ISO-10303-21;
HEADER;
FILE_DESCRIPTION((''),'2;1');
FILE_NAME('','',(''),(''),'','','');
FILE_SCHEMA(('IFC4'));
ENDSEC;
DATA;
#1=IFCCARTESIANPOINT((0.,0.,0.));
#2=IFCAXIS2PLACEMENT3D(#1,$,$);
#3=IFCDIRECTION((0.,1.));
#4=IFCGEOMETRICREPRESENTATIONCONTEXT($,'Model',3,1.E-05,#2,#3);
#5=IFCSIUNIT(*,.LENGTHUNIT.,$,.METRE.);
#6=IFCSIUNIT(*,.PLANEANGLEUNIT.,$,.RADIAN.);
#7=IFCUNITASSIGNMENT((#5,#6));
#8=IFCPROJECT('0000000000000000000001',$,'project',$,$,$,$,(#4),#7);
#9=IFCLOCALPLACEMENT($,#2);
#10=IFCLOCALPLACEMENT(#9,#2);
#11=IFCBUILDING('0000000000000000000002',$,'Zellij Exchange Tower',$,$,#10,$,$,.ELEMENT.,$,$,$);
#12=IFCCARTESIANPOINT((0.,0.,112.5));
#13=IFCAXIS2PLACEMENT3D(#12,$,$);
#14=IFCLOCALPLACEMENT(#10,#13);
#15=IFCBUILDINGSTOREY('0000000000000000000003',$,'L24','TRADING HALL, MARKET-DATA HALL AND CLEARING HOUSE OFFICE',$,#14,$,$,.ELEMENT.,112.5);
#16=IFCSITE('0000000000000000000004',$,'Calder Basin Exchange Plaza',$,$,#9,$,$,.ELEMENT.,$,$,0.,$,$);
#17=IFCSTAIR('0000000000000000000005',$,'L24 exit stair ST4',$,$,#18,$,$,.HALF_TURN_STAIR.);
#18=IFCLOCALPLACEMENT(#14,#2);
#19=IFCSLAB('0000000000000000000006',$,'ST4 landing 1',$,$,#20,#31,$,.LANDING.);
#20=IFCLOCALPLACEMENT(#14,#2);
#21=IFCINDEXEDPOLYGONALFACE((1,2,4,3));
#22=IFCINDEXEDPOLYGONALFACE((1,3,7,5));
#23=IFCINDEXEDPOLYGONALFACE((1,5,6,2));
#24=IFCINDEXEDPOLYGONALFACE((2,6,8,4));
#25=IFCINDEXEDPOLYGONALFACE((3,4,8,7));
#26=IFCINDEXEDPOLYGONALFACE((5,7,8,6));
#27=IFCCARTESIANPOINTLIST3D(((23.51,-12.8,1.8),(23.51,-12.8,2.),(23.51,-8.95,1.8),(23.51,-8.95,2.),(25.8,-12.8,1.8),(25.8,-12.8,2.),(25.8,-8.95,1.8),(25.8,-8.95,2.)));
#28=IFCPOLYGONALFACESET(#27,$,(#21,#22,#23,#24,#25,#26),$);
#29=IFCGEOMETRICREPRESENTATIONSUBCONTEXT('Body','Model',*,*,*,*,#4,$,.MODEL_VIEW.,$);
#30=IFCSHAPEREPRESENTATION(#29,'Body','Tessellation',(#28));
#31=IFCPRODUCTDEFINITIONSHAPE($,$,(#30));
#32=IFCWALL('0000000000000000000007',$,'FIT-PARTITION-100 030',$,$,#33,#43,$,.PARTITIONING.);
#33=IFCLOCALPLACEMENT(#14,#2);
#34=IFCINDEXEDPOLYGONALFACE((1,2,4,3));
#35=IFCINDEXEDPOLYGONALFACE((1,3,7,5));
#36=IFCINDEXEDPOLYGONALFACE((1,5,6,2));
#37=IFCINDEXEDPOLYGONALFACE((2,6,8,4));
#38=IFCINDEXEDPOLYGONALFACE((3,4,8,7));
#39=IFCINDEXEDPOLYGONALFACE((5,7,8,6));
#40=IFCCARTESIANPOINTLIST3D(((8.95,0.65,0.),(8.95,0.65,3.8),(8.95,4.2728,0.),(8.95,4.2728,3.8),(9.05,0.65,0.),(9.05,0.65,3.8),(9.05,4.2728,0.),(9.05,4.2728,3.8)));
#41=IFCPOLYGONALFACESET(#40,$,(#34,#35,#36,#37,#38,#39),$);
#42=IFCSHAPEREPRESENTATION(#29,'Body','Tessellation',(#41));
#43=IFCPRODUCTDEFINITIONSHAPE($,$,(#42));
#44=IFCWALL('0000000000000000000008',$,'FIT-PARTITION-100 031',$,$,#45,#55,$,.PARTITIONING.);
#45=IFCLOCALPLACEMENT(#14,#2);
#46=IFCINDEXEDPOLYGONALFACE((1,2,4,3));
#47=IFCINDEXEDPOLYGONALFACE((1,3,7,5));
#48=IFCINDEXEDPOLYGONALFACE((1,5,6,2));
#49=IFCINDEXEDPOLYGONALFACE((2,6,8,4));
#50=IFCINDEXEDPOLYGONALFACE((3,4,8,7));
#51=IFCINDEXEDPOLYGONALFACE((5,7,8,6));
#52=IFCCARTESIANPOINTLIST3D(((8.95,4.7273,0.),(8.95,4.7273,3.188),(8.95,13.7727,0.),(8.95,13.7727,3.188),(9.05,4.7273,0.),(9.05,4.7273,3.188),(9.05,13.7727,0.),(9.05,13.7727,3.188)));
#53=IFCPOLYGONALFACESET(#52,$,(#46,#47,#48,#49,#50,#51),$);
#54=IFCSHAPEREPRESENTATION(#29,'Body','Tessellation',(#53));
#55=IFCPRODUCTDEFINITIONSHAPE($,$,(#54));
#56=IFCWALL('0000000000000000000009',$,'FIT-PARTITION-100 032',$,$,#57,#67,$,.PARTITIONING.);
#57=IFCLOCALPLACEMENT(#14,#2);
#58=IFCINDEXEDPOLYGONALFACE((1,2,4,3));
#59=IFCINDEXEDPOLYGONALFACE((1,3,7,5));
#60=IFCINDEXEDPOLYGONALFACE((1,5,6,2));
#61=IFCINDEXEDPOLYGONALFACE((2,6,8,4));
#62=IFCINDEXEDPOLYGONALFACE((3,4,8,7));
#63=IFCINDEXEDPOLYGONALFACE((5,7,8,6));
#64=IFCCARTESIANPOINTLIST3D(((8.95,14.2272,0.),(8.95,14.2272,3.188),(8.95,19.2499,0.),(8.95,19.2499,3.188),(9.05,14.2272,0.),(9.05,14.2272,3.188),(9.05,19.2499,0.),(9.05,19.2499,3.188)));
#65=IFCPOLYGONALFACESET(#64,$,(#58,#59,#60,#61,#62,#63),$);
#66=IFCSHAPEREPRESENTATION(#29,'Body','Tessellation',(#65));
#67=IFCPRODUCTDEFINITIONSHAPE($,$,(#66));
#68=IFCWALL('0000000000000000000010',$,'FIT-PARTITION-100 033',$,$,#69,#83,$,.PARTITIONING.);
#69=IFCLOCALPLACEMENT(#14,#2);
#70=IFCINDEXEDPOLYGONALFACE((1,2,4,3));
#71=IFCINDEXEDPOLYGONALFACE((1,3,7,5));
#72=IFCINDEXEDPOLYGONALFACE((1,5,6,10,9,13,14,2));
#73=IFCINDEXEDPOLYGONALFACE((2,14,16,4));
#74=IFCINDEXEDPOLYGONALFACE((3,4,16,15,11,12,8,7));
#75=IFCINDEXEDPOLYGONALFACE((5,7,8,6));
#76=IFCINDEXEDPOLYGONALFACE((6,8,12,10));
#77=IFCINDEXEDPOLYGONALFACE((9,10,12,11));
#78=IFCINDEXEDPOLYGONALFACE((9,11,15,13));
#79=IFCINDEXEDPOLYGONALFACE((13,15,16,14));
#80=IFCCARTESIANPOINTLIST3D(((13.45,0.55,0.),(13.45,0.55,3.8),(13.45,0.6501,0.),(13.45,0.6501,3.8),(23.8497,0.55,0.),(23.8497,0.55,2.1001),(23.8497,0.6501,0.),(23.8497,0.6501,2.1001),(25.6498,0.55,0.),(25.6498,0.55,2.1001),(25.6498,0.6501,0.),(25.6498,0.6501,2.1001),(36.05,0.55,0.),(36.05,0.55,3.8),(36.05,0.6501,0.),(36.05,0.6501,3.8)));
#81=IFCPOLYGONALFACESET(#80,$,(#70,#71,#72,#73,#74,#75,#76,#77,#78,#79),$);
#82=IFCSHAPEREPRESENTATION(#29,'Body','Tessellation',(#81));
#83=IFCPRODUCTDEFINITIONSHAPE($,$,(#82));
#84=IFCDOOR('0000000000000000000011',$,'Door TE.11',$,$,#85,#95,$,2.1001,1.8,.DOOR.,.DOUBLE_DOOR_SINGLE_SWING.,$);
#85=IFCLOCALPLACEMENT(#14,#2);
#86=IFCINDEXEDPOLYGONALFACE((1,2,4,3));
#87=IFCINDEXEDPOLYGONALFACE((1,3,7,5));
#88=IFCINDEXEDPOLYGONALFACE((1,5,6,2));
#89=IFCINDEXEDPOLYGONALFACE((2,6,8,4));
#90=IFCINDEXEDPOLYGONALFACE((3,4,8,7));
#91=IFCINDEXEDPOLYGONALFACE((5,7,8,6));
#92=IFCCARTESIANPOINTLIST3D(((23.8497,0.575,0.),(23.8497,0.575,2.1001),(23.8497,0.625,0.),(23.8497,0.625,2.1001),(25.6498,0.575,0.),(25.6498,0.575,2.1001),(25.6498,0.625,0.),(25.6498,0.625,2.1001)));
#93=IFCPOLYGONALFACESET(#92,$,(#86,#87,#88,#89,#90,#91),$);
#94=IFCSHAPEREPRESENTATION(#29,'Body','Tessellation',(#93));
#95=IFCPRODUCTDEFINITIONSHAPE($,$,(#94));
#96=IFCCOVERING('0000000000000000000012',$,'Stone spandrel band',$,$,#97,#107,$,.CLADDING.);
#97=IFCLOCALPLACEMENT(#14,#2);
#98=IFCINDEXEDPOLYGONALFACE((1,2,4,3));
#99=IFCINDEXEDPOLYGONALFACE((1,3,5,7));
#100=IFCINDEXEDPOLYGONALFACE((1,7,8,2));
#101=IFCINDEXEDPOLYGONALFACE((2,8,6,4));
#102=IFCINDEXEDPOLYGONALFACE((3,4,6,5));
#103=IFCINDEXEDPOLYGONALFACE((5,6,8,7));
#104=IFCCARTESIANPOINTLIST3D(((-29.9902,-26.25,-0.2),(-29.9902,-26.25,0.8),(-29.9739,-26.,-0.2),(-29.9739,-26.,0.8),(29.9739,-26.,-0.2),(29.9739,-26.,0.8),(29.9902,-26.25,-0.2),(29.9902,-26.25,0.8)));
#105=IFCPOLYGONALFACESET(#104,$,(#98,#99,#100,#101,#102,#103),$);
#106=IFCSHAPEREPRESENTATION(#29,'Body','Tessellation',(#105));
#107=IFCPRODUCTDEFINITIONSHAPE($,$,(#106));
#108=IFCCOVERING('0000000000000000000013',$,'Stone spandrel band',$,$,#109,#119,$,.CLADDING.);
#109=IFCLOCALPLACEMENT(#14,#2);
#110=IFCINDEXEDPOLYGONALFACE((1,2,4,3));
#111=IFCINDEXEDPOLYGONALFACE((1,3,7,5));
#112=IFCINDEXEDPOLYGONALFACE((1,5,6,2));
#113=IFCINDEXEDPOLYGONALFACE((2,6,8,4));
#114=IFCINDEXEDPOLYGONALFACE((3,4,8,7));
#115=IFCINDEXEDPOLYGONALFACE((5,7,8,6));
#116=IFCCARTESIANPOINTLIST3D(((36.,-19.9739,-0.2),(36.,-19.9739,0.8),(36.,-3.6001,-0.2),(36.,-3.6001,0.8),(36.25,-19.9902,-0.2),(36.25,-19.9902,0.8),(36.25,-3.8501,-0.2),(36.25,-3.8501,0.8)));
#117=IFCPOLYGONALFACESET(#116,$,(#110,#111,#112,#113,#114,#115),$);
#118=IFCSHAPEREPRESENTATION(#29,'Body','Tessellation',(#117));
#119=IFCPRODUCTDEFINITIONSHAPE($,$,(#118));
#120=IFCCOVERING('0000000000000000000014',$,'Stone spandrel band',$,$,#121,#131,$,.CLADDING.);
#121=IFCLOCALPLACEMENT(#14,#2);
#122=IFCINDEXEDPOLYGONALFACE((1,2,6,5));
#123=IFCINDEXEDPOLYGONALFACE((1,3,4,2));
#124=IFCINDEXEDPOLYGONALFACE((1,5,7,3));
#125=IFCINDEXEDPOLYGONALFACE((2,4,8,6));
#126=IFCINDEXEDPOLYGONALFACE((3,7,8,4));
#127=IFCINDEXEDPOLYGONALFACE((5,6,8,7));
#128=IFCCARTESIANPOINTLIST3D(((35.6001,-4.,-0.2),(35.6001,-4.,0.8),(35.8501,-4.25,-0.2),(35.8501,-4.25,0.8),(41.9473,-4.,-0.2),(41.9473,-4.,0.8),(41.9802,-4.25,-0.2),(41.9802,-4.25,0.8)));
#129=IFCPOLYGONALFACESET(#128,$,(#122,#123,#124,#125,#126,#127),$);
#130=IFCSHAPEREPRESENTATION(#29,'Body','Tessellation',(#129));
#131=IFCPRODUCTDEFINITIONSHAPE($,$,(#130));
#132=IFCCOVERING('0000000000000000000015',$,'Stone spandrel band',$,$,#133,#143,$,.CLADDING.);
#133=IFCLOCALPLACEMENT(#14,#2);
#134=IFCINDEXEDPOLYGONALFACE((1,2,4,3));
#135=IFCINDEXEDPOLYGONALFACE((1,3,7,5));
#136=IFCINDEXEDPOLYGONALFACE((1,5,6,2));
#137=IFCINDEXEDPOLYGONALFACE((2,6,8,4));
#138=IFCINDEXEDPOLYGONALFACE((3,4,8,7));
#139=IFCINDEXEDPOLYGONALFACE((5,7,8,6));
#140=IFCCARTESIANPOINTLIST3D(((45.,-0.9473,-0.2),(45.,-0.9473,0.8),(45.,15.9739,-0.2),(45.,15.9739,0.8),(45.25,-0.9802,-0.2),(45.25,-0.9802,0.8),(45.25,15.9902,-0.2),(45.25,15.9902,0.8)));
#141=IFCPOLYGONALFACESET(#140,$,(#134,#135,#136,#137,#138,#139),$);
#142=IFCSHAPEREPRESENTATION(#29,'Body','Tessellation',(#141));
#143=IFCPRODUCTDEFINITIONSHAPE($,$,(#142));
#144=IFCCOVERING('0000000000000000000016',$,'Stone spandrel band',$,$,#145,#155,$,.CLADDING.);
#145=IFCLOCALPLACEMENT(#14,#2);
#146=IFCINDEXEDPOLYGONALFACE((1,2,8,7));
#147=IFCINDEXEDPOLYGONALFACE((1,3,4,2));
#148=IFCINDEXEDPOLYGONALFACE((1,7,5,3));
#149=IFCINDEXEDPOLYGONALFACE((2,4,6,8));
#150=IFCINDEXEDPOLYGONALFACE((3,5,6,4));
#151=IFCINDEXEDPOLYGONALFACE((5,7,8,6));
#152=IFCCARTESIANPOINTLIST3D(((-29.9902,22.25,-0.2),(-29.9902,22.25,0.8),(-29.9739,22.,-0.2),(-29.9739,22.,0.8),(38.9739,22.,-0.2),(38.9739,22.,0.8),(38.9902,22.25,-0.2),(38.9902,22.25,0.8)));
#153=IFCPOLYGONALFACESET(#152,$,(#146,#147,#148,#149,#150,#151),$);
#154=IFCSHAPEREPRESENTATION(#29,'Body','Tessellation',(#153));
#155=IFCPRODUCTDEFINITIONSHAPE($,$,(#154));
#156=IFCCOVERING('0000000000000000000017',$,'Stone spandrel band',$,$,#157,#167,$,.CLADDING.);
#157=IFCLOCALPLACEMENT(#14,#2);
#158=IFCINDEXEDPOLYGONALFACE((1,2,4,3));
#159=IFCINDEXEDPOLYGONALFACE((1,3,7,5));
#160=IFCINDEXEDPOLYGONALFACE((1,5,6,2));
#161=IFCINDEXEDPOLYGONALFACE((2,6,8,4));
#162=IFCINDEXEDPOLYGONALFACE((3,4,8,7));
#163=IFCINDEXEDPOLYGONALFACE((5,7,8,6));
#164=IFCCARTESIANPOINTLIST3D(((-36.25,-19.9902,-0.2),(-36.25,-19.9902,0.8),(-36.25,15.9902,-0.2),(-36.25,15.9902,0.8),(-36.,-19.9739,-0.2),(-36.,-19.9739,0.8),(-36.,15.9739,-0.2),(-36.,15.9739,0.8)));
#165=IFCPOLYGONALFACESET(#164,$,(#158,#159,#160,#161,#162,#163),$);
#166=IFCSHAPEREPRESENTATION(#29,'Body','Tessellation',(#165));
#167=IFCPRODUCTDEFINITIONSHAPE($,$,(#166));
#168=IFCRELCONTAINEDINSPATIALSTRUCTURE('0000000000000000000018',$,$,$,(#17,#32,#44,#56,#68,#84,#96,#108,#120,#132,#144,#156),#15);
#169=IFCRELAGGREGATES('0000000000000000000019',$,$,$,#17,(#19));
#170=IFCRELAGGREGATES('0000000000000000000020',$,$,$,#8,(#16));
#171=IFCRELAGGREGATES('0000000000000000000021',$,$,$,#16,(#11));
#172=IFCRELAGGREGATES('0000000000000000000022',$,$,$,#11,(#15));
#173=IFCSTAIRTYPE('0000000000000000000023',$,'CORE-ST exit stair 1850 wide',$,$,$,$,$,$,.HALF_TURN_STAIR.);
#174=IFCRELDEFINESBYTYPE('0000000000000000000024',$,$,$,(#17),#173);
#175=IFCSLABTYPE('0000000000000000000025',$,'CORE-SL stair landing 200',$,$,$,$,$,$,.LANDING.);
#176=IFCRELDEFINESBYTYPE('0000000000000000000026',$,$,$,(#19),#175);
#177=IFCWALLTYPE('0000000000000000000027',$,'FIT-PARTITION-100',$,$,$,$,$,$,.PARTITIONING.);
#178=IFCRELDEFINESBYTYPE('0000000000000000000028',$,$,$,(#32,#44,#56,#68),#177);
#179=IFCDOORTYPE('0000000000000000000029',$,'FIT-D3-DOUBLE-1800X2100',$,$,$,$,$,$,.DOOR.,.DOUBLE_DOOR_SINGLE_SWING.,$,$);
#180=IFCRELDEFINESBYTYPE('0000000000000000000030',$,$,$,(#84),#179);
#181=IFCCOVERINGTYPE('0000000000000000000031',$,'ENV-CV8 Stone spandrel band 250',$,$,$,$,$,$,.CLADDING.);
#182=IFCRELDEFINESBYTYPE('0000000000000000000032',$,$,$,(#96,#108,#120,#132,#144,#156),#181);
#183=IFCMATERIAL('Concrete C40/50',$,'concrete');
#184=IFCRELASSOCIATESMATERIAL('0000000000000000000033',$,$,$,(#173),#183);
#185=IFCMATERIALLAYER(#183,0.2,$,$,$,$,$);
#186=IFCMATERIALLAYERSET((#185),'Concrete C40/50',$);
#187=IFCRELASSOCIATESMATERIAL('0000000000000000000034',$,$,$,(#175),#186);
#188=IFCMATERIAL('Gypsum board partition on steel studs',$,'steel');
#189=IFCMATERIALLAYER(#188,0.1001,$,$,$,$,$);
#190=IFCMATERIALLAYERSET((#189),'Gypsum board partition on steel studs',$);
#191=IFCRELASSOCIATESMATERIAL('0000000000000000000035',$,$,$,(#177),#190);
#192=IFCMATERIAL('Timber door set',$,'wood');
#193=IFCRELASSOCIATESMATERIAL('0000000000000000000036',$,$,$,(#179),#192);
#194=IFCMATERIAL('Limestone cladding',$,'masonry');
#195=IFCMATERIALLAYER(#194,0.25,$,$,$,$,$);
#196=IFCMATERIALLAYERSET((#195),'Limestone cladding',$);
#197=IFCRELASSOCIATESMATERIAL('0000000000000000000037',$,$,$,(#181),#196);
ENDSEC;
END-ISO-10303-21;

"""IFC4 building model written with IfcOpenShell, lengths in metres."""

from ifc_helpers import new_model, si_unit, direction, frame, frame_2d, origin, place, context, subcontext, project, spatial, polyline, rectangle, outline, extrude, material, layer, layer_set, type_object, element, fill, aggregate, save


model = new_model("IFC4")

# Units and contexts
model_context = context("Model", 3, precision=1e-05, world=origin(), true_north=direction((0.0, 1.0)))
body_context = subcontext(model_context, "Body", "Model", "MODEL_VIEW")
ifc_project = project(units=[si_unit("LENGTHUNIT", "METRE"), si_unit("PLANEANGLEUNIT", "RADIAN")], contexts=[model_context])

# Site, building, storey
site_placement = place(None, origin())
site = spatial("IfcSite", under=ifc_project, at=site_placement, Name="Calder Basin Exchange Plaza", CompositionType="ELEMENT", RefElevation=0.0)
building_placement = place(site_placement, origin())
building = spatial("IfcBuilding", under=site, at=building_placement, Name="Zellij Exchange Tower", CompositionType="ELEMENT")
storey_placement = place(building_placement, frame((0.0, 0.0, 112.5)))
storey = spatial("IfcBuildingStorey", under=building, at=storey_placement, Name="L24", Description="TRADING HALL, MARKET-DATA HALL AND CLEARING HOUSE OFFICE", CompositionType="ELEMENT", Elevation=112.5)

# Stair, slab
ifc_material_1 = material(Name="Concrete C40/50", Category="concrete")
stair_type = type_object("IfcStairType", Name="CORE-ST exit stair 1850 wide", PredefinedType="HALF_TURN_STAIR", material=ifc_material_1)
ifc_layer_1 = layer(ifc_material_1, 0.2)
ifc_layer_set_1 = layer_set([ifc_layer_1], Name="Concrete C40/50")
slab_type = type_object("IfcSlabType", Name="CORE-SL stair landing 200", PredefinedType="LANDING", material=ifc_layer_set_1)
stair_1_placement = place(storey_placement, origin())
stair_1 = element("IfcStair", 1, at=stair_1_placement, inside=storey, type_object=stair_type, Name="L24 exit stair ST4", PredefinedType="HALF_TURN_STAIR")
slab_1_placement = place(storey_placement, frame((0.0, 0.0, 1.8)))
slab_1 = element("IfcSlab", 2, at=slab_1_placement, type_object=slab_type, Name="ST4 landing 1", PredefinedType="LANDING", context=body_context, shape_type="SweptSolid", body=[
    extrude(outline(polyline([(23.51, -12.8), (25.8, -12.8), (25.8, -8.95), (23.51, -8.95), (23.51, -12.8)])), origin(), (0.0, 0.0, 1.0), 0.2),
])
aggregate(stair_1, [slab_1])

# Walls
ifc_material_2 = material(Name="Gypsum board partition on steel studs", Category="steel")
ifc_layer_2 = layer(ifc_material_2, 0.1001)
ifc_layer_set_2 = layer_set([ifc_layer_2], Name="Gypsum board partition on steel studs")
wall_type = type_object("IfcWallType", Name="FIT-PARTITION-100", PredefinedType="PARTITIONING", material=ifc_layer_set_2)
wall_1_placement = place(storey_placement, frame((9.0, 0.6499, 0.0), z_axis=(0.0, 0.0, 1.0), x_axis=(0.0, 1.0, 0.0)))
element("IfcWall", 3, at=wall_1_placement, inside=storey, type_object=wall_type, Name="FIT-PARTITION-100 030", PredefinedType="PARTITIONING", context=body_context, shape_type="SweptSolid", body=[
    extrude(rectangle(XDim=3.6228, YDim=0.1001, at=frame_2d((1.8115, 0.0))), origin(), (0.0, 0.0, 1.0), 3.8),
])
wall_2_placement = place(storey_placement, frame((9.0, 4.7273, 0.0), z_axis=(0.0, 0.0, 1.0), x_axis=(0.0, 1.0, 0.0)))
element("IfcWall", 4, at=wall_2_placement, inside=storey, type_object=wall_type, Name="FIT-PARTITION-100 031", PredefinedType="PARTITIONING", context=body_context, shape_type="SweptSolid", body=[
    extrude(rectangle(XDim=9.0454, YDim=0.1001, at=frame_2d((4.5227, 0.0))), origin(), (0.0, 0.0, 1.0), 3.188),
])
wall_3_placement = place(storey_placement, frame((9.0, 14.2273, 0.0), z_axis=(0.0, 0.0, 1.0), x_axis=(0.0, 1.0, 0.0)))
element("IfcWall", 5, at=wall_3_placement, inside=storey, type_object=wall_type, Name="FIT-PARTITION-100 032", PredefinedType="PARTITIONING", context=body_context, shape_type="SweptSolid", body=[
    extrude(rectangle(XDim=5.0227, YDim=0.1001, at=frame_2d((2.5112, 0.0))), origin(), (0.0, 0.0, 1.0), 3.188),
])

# Wall, opening, door
wall_4_placement = place(storey_placement, frame((13.45, 0.6001, 0.0), z_axis=(0.0, 0.0, 1.0), x_axis=(1.0, 0.0, 0.0)))
wall_4 = element("IfcWall", 6, at=wall_4_placement, inside=storey, type_object=wall_type, Name="FIT-PARTITION-100 033", PredefinedType="PARTITIONING", context=body_context, shape_type="SweptSolid", body=[
    extrude(rectangle(XDim=22.6001, YDim=0.1001, at=frame_2d((11.3, 0.0))), origin(), (0.0, 0.0, 1.0), 3.8),
])
opening_placement = place(wall_4_placement, frame((10.3999, 0.0, 0.0)))
opening = element("IfcOpeningElement", 7, at=opening_placement, cuts=wall_4, PredefinedType="OPENING", context=body_context, shape_type="SweptSolid", body=[
    extrude(rectangle(XDim=1.8, YDim=2.1001, at=frame_2d((0.8999, 1.05))), frame((0.0, 0.062, 0.0), z_axis=(0.0, -1.0, 0.0), x_axis=(1.0, 0.0, 0.0)), (0.0, 0.0, 1.0), 0.124),
])
ifc_material_3 = material(Name="Timber door set", Category="wood")
door_type = type_object("IfcDoorType", Name="FIT-D3-DOUBLE-1800X2100", OperationType="DOUBLE_DOOR_SINGLE_SWING", PredefinedType="DOOR", material=ifc_material_3)
door_placement = place(opening_placement, origin())
door = element("IfcDoor", 8, at=door_placement, inside=storey, type_object=door_type, Name="Door TE.11", OperationType="DOUBLE_DOOR_SINGLE_SWING", OverallHeight=2.1001, OverallWidth=1.8, PredefinedType="DOOR", context=body_context, shape_type="SweptSolid", body=[
    extrude(rectangle(XDim=1.8, YDim=2.1001, at=frame_2d((0.8999, 1.05))), frame((0.0, 0.0249, 0.0), z_axis=(0.0, -1.0, 0.0), x_axis=(1.0, 0.0, 0.0)), (0.0, 0.0, 1.0), 0.05),
])
fill(opening, door)

# Coverings
ifc_material_4 = material(Name="Limestone cladding", Category="masonry")
ifc_layer_3 = layer(ifc_material_4, 0.25)
ifc_layer_set_3 = layer_set([ifc_layer_3], Name="Limestone cladding")
covering_type = type_object("IfcCoveringType", Name="ENV-CV8 Stone spandrel band 250", PredefinedType="CLADDING", material=ifc_layer_set_3)
covering_1_placement = place(storey_placement, frame((0.0, 0.0, -0.2)))
element("IfcCovering", 9, at=covering_1_placement, inside=storey, type_object=covering_type, Name="Stone spandrel band", PredefinedType="CLADDING", context=body_context, shape_type="SweptSolid", body=[
    extrude(outline(polyline([(-29.9739, -26.0), (29.9739, -26.0), (29.9902, -26.25), (-29.9902, -26.25), (-29.9739, -26.0)])), origin(), (0.0, 0.0, 1.0), 1.0),
])
covering_2_placement = place(storey_placement, frame((0.0, 0.0, -0.2)))
element("IfcCovering", 10, at=covering_2_placement, inside=storey, type_object=covering_type, Name="Stone spandrel band", PredefinedType="CLADDING", context=body_context, shape_type="SweptSolid", body=[
    extrude(outline(polyline([(36.0, -19.9739), (36.0, -3.6001), (36.25, -3.8501), (36.25, -19.9902), (36.0, -19.9739)])), origin(), (0.0, 0.0, 1.0), 1.0),
])
covering_3_placement = place(storey_placement, frame((0.0, 0.0, -0.2)))
element("IfcCovering", 11, at=covering_3_placement, inside=storey, type_object=covering_type, Name="Stone spandrel band", PredefinedType="CLADDING", context=body_context, shape_type="SweptSolid", body=[
    extrude(outline(polyline([(35.6001, -4.0), (41.9473, -4.0), (41.9802, -4.25), (35.8501, -4.25), (35.6001, -4.0)])), origin(), (0.0, 0.0, 1.0), 1.0),
])
covering_4_placement = place(storey_placement, frame((0.0, 0.0, -0.2)))
element("IfcCovering", 12, at=covering_4_placement, inside=storey, type_object=covering_type, Name="Stone spandrel band", PredefinedType="CLADDING", context=body_context, shape_type="SweptSolid", body=[
    extrude(outline(polyline([(45.0, -0.9473), (45.0, 15.9739), (45.25, 15.9902), (45.25, -0.9802), (45.0, -0.9473)])), origin(), (0.0, 0.0, 1.0), 1.0),
])
covering_5_placement = place(storey_placement, frame((0.0, 0.0, -0.2)))
element("IfcCovering", 13, at=covering_5_placement, inside=storey, type_object=covering_type, Name="Stone spandrel band", PredefinedType="CLADDING", context=body_context, shape_type="SweptSolid", body=[
    extrude(outline(polyline([(38.9739, 22.0), (-29.9739, 22.0), (-29.9902, 22.25), (38.9902, 22.25), (38.9739, 22.0)])), origin(), (0.0, 0.0, 1.0), 1.0),
])
covering_6_placement = place(storey_placement, frame((0.0, 0.0, -0.2)))
element("IfcCovering", 14, at=covering_6_placement, inside=storey, type_object=covering_type, Name="Stone spandrel band", PredefinedType="CLADDING", context=body_context, shape_type="SweptSolid", body=[
    extrude(outline(polyline([(-36.0, 15.9739), (-36.0, -19.9739), (-36.25, -19.9902), (-36.25, 15.9902), (-36.0, 15.9739)])), origin(), (0.0, 0.0, 1.0), 1.0),
])

save(model, "model.ifc")
